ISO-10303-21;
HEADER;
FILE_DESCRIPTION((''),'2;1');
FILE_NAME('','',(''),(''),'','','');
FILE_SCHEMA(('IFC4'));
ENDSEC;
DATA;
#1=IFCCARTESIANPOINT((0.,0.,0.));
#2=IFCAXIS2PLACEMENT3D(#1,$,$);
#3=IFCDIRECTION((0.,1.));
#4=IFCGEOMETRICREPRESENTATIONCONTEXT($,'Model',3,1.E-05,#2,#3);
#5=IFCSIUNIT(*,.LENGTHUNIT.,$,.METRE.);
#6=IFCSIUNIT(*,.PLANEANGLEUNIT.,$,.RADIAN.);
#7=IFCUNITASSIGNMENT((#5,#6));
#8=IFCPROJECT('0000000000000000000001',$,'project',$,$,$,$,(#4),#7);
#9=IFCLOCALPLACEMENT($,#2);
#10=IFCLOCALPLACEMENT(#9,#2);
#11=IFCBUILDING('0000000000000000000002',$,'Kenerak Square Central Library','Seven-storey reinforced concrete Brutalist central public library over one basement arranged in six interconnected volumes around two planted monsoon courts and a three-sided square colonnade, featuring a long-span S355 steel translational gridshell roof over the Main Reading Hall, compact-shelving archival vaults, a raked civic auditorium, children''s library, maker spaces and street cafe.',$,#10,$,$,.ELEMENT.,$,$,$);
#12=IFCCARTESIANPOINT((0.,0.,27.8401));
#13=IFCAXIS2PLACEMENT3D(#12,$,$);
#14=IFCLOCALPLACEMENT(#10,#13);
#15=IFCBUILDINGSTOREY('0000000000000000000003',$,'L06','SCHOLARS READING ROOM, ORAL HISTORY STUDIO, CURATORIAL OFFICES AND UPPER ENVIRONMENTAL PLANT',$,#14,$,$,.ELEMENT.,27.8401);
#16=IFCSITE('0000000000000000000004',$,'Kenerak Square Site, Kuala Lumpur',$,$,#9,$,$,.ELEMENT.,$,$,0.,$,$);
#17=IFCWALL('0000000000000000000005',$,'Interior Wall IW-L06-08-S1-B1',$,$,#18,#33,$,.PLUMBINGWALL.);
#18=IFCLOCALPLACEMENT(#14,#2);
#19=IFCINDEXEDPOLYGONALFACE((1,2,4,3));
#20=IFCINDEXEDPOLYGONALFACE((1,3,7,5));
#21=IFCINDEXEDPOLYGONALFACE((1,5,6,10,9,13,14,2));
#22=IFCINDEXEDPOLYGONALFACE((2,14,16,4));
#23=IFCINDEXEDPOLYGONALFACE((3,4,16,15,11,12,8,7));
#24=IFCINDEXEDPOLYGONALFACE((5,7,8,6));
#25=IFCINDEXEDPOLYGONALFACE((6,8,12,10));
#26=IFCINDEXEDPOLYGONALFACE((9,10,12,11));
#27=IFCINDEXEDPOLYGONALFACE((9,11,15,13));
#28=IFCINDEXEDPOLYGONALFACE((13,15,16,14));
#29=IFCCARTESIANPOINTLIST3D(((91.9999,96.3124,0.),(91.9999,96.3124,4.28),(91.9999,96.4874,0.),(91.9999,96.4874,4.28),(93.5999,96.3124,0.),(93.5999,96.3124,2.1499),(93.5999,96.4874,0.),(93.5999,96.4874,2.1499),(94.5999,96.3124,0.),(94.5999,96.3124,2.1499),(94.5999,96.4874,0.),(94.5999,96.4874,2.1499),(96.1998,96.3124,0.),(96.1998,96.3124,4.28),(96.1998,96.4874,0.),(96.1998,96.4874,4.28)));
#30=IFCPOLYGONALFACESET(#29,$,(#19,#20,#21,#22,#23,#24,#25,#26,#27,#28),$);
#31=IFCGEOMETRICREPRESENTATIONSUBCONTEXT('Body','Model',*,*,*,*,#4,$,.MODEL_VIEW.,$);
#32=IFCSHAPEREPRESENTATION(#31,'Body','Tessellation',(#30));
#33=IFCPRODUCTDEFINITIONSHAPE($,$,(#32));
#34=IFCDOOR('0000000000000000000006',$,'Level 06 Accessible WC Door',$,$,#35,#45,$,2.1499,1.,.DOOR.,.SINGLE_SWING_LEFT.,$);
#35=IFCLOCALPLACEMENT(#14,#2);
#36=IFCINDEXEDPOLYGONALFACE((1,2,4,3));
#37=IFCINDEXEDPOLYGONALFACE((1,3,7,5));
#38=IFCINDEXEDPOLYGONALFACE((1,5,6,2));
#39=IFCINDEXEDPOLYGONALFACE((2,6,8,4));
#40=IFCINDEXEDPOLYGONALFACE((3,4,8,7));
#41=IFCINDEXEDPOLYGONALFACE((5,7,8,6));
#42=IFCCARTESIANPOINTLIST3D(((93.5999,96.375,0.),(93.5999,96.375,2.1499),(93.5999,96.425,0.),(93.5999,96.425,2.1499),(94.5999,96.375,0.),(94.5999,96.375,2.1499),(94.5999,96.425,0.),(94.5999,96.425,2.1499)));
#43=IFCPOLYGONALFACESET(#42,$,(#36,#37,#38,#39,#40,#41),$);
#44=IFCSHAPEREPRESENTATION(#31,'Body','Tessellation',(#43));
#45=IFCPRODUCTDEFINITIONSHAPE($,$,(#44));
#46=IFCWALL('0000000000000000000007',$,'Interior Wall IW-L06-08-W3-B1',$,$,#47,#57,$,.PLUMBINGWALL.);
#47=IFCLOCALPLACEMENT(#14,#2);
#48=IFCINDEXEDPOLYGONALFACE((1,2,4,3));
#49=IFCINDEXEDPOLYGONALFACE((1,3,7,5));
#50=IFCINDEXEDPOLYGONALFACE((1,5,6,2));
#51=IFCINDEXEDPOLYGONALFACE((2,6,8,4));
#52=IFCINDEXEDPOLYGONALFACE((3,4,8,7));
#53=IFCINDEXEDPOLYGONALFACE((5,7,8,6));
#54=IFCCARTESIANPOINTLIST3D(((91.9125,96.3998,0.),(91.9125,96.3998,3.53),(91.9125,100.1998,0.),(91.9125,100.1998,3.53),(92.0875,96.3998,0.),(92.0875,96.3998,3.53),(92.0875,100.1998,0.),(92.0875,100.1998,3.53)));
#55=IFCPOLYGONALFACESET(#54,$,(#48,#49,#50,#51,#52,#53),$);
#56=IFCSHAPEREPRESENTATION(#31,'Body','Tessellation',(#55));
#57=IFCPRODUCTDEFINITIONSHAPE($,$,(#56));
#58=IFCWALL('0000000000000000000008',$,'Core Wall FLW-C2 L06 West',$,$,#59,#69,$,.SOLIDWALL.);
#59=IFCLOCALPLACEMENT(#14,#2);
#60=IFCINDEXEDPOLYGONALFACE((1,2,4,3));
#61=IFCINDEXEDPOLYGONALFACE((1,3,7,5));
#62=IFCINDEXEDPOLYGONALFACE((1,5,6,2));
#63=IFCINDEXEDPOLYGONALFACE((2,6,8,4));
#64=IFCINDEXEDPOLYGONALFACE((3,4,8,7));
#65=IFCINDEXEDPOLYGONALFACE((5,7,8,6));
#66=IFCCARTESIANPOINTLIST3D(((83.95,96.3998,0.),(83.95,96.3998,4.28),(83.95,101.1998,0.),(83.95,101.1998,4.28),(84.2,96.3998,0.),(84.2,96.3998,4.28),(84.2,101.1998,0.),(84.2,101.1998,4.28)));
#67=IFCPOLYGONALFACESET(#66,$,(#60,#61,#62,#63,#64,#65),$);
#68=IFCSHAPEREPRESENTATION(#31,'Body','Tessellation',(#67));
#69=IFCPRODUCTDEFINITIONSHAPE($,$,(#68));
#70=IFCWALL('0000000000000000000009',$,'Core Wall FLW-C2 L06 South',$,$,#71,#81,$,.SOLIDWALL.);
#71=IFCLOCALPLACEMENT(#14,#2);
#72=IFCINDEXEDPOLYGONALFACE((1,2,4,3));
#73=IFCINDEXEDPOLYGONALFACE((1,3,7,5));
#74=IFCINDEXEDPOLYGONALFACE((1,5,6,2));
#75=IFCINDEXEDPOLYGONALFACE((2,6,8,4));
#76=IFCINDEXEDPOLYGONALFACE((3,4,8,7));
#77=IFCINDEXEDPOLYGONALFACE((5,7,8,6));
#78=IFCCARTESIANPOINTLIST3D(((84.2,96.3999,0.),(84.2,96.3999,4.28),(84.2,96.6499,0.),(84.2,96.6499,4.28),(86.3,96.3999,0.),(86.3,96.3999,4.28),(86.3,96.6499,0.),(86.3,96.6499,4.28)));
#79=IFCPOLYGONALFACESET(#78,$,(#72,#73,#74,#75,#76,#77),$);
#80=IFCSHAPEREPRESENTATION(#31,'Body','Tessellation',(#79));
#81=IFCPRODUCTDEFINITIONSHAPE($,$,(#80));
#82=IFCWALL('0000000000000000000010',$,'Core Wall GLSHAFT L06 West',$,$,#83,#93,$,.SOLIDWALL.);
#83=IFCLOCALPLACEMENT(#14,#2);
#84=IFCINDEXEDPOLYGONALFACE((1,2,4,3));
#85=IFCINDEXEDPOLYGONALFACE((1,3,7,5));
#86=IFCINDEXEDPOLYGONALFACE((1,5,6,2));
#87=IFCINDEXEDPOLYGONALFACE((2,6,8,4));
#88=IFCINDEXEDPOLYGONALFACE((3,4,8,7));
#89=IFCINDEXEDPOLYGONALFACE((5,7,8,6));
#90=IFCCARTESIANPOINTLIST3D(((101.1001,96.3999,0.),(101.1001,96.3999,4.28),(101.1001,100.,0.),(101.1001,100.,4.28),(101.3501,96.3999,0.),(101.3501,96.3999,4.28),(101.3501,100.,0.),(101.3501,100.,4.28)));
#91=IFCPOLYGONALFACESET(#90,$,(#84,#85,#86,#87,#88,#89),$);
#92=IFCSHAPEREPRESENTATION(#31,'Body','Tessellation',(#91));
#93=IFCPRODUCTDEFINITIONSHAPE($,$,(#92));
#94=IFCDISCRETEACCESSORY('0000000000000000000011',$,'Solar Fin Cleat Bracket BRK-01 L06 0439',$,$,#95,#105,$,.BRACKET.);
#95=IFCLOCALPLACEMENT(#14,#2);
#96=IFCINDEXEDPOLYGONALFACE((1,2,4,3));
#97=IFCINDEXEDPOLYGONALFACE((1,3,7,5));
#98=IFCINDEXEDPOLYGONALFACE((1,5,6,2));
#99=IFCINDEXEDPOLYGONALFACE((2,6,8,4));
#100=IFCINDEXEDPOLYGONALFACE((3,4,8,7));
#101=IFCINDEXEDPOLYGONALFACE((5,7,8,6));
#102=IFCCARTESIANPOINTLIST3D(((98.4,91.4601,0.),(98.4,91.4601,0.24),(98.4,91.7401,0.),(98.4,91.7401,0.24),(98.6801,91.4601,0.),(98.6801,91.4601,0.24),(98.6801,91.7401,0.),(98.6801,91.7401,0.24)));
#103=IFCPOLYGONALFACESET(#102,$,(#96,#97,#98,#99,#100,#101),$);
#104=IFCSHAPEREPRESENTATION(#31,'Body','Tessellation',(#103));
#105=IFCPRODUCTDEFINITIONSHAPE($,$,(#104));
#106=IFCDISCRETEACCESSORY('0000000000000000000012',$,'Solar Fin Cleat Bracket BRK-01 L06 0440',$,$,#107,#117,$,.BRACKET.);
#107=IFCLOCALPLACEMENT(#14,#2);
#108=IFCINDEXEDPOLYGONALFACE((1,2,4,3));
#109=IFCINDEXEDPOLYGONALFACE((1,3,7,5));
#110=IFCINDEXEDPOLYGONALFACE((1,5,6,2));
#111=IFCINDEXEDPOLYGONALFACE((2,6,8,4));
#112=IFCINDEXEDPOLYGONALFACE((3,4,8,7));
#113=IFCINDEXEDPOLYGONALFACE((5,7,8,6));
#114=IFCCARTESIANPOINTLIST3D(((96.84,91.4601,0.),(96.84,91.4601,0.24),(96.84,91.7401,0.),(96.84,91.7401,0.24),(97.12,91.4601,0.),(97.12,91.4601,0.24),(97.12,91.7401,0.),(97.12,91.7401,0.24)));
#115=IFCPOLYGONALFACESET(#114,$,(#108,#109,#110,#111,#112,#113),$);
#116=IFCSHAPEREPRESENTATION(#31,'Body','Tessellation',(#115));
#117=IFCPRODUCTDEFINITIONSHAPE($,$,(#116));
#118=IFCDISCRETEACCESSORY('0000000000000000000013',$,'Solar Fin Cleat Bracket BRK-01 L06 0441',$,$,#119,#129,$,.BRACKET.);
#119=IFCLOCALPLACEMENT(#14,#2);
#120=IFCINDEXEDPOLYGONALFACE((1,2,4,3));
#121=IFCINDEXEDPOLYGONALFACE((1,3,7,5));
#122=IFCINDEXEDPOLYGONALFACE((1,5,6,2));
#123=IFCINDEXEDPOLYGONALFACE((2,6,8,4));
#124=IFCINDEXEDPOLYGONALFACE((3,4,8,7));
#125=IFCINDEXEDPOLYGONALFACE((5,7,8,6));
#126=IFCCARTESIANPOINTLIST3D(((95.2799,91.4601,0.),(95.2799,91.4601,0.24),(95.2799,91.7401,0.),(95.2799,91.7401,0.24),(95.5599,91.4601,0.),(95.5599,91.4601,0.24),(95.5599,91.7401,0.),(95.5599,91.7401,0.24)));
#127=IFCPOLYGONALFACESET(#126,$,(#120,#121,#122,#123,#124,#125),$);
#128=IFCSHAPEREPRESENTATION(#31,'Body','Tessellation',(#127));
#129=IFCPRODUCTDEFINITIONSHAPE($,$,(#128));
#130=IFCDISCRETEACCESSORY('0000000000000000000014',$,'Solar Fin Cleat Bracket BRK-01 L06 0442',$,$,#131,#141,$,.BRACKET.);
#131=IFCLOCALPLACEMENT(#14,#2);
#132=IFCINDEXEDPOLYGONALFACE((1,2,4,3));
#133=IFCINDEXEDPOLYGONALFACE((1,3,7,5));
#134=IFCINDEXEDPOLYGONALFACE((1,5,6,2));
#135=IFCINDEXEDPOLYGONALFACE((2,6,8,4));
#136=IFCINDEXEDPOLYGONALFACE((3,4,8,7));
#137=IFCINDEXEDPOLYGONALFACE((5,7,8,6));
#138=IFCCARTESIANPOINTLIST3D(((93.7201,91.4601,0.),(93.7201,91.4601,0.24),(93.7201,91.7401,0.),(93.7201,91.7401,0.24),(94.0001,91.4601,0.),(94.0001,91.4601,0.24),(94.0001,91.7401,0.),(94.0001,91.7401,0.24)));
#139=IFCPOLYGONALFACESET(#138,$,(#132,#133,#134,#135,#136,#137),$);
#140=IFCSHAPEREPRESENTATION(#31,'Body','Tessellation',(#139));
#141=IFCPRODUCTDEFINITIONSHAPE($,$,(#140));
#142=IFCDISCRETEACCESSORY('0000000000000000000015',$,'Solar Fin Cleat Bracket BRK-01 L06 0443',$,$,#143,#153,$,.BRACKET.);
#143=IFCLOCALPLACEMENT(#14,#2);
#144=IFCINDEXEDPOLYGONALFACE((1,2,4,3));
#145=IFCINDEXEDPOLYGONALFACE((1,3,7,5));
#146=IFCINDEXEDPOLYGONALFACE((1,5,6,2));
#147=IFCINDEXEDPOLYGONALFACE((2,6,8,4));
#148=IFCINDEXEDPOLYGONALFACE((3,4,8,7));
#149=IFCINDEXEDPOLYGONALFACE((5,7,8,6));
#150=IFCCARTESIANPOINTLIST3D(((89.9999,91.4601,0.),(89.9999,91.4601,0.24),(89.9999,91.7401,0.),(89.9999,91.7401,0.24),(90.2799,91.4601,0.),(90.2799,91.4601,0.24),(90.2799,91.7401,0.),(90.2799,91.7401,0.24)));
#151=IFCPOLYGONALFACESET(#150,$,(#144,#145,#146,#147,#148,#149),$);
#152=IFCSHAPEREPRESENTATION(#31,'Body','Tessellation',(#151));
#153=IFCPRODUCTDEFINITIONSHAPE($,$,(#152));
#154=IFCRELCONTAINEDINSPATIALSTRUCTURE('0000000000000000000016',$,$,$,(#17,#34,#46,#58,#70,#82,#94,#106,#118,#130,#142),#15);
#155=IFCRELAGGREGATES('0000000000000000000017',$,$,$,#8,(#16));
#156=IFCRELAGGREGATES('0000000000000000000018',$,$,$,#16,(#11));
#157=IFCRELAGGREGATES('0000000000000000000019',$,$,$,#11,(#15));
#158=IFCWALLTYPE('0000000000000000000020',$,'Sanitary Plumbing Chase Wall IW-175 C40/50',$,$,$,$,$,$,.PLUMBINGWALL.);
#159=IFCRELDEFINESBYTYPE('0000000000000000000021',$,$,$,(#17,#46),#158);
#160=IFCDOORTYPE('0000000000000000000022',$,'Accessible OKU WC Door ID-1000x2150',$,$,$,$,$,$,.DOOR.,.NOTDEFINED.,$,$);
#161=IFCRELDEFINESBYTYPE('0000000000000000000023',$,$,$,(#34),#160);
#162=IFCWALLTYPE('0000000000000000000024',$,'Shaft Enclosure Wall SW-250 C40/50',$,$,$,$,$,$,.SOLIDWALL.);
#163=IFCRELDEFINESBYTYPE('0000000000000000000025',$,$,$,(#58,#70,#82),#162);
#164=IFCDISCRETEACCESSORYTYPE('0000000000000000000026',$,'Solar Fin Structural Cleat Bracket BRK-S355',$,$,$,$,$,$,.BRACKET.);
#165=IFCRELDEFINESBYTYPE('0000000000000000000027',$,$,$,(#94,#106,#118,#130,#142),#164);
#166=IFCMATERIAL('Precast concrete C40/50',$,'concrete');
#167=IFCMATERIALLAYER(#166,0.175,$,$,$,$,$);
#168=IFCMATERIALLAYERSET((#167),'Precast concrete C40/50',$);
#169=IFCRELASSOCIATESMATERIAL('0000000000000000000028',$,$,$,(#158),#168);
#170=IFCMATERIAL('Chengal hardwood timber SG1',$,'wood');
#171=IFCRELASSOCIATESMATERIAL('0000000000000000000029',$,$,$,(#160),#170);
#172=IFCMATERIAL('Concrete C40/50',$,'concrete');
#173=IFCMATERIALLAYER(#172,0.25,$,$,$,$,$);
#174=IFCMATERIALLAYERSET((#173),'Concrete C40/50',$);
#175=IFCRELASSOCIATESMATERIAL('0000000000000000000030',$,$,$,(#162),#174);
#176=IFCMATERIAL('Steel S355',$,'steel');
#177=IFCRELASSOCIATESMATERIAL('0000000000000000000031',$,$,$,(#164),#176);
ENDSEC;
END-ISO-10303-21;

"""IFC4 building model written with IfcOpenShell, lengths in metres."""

from ifc_helpers import new_model, si_unit, direction, frame, frame_2d, origin, origin_2d, place, context, subcontext, project, spatial, rectangle, extrude, material, layer, layer_set, type_object, element, fill, save


model = new_model("IFC4")

# Units and contexts
model_context = context("Model", 3, precision=1e-05, world=origin(), true_north=direction((0.0, 1.0)))
body_context = subcontext(model_context, "Body", "Model", "MODEL_VIEW")
ifc_project = project(units=[si_unit("LENGTHUNIT", "METRE"), si_unit("PLANEANGLEUNIT", "RADIAN")], contexts=[model_context])

# Site, building, storey
site_placement = place(None, origin())
site = spatial("IfcSite", under=ifc_project, at=site_placement, Name="Kenerak Square Site, Kuala Lumpur", CompositionType="ELEMENT", RefElevation=0.0)
building_placement = place(site_placement, origin())
building = spatial("IfcBuilding", under=site, at=building_placement, Name="Kenerak Square Central Library", Description="Seven-storey reinforced concrete Brutalist central public library over one basement arranged in six interconnected volumes around two planted monsoon courts and a three-sided square colonnade, featuring a long-span S355 steel translational gridshell roof over the Main Reading Hall, compact-shelving archival vaults, a raked civic auditorium, children's library, maker spaces and street cafe.", CompositionType="ELEMENT")
storey_placement = place(building_placement, frame((0.0, 0.0, 27.8401)))
storey = spatial("IfcBuildingStorey", under=building, at=storey_placement, Name="L06", Description="SCHOLARS READING ROOM, ORAL HISTORY STUDIO, CURATORIAL OFFICES AND UPPER ENVIRONMENTAL PLANT", CompositionType="ELEMENT", Elevation=27.8401)

# Shared definitions
ifc_material_1 = material(Name="Concrete C40/50", Category="concrete")

# Wall, opening, door
ifc_material_2 = material(Name="Steel S355", Category="steel")
ifc_material_3 = material(Name="Precast concrete C40/50", Category="concrete")
ifc_layer_1 = layer(ifc_material_3, 0.175)
ifc_layer_set_1 = layer_set([ifc_layer_1], Name="Precast concrete C40/50")
wall_type_1 = type_object("IfcWallType", Name="Sanitary Plumbing Chase Wall IW-175 C40/50", PredefinedType="PLUMBINGWALL", material=ifc_layer_set_1)
wall_1_placement = place(storey_placement, frame((96.2, 96.3999, 0.0), z_axis=(0.0, 0.0, 1.0), x_axis=(-1.0, 0.0, 0.0)))
wall_1 = element("IfcWall", 1, at=wall_1_placement, inside=storey, type_object=wall_type_1, Name="Interior Wall IW-L06-08-S1-B1", PredefinedType="PLUMBINGWALL", context=body_context, shape_type="SweptSolid", body=[
    extrude(rectangle(XDim=4.2, YDim=0.175, at=frame_2d((2.1001, 0.0))), origin(), (0.0, 0.0, 1.0), 4.28),
])
opening_1_placement = place(wall_1_placement, frame((1.6001, 0.0, 0.0)))
opening_1 = element("IfcOpeningElement", 2, at=opening_1_placement, cuts=wall_1, PredefinedType="OPENING", context=body_context, shape_type="SweptSolid", body=[
    extrude(rectangle(XDim=1.0, YDim=2.1499, at=frame_2d((0.5, 1.075))), frame((0.0, 0.0974, 0.0), z_axis=(0.0, -1.0, 0.0), x_axis=(1.0, 0.0, 0.0)), (0.0, 0.0, 1.0), 0.1951),
])
ifc_material_4 = material(Name="Chengal hardwood timber SG1", Category="wood")
door_type_1 = type_object("IfcDoorType", Name="Accessible OKU WC Door ID-1000x2150", OperationType="NOTDEFINED", PredefinedType="DOOR", material=ifc_material_4)
door_1_placement = place(opening_1_placement, origin())
door_1 = element("IfcDoor", 3, at=door_1_placement, inside=storey, type_object=door_type_1, Name="Level 06 Accessible WC Door", OperationType="SINGLE_SWING_LEFT", OverallHeight=2.1499, OverallWidth=1.0, PredefinedType="DOOR", context=body_context, shape_type="SweptSolid", body=[
    extrude(rectangle(XDim=1.0, YDim=2.1499, at=frame_2d((0.5, 1.075))), frame((0.0, 0.0249, 0.0), z_axis=(0.0, -1.0, 0.0), x_axis=(1.0, 0.0, 0.0)), (0.0, 0.0, 1.0), 0.05),
])
fill(opening_1, door_1)

# Walls
wall_2_placement = place(storey_placement, frame((92.0, 96.3999, 0.0), z_axis=(0.0, 0.0, 1.0), x_axis=(0.0, 1.0, 0.0)))
element("IfcWall", 4, at=wall_2_placement, inside=storey, type_object=wall_type_1, Name="Interior Wall IW-L06-08-W3-B1", PredefinedType="PLUMBINGWALL", context=body_context, shape_type="SweptSolid", body=[
    extrude(rectangle(XDim=3.8, YDim=0.175, at=frame_2d((1.8999, 0.0))), origin(), (0.0, 0.0, 1.0), 3.53),
])
ifc_layer_2 = layer(ifc_material_1, 0.25)
ifc_layer_set_2 = layer_set([ifc_layer_2], Name="Concrete C40/50")
wall_type_2 = type_object("IfcWallType", Name="Shaft Enclosure Wall SW-250 C40/50", PredefinedType="SOLIDWALL", material=ifc_layer_set_2)
wall_3_placement = place(storey_placement, frame((84.075, 96.3999, 0.0), z_axis=(0.0, 0.0, 1.0), x_axis=(0.0, 1.0, 0.0)))
element("IfcWall", 5, at=wall_3_placement, inside=storey, type_object=wall_type_2, Name="Core Wall FLW-C2 L06 West", PredefinedType="SOLIDWALL", context=body_context, shape_type="SweptSolid", body=[
    extrude(rectangle(XDim=4.8, YDim=0.25, at=frame_2d((2.3999, 0.0))), origin(), (0.0, 0.0, 1.0), 4.28),
])
wall_4_placement = place(storey_placement, frame((86.3, 96.5249, 0.0), z_axis=(0.0, 0.0, 1.0), x_axis=(-1.0, 0.0, 0.0)))
element("IfcWall", 6, at=wall_4_placement, inside=storey, type_object=wall_type_2, Name="Core Wall FLW-C2 L06 South", PredefinedType="SOLIDWALL", context=body_context, shape_type="SweptSolid", body=[
    extrude(rectangle(XDim=2.1001, YDim=0.25, at=frame_2d((1.05, 0.0))), origin(), (0.0, 0.0, 1.0), 4.28),
])
wall_5_placement = place(storey_placement, frame((101.2251, 96.3999, 0.0), z_axis=(0.0, 0.0, 1.0), x_axis=(0.0, 1.0, 0.0)))
element("IfcWall", 7, at=wall_5_placement, inside=storey, type_object=wall_type_2, Name="Core Wall GLSHAFT L06 West", PredefinedType="SOLIDWALL", context=body_context, shape_type="SweptSolid", body=[
    extrude(rectangle(XDim=3.6001, YDim=0.25, at=frame_2d((1.8, 0.0))), origin(), (0.0, 0.0, 1.0), 4.28),
])

# Discrete accessories
discrete_accessory_type = type_object("IfcDiscreteAccessoryType", Name="Solar Fin Structural Cleat Bracket BRK-S355", PredefinedType="BRACKET", material=ifc_material_2)
for number, where, z_axis, x_axis, name in (
    (8, (98.54, 91.6001, 0.0), (0.0, 0.0, 1.0), (-1.0, 0.0, 0.0), "Solar Fin Cleat Bracket BRK-01 L06 0439"),
    (9, (96.98, 91.6001, 0.0), (0.0, 0.0, 1.0), (-1.0, 0.0, 0.0), "Solar Fin Cleat Bracket BRK-01 L06 0440"),
    (10, (95.4199, 91.6001, 0.0), (0.0, 0.0, 1.0), (-1.0, 0.0, 0.0), "Solar Fin Cleat Bracket BRK-01 L06 0441"),
    (11, (93.8601, 91.6001, 0.0), (0.0, 0.0, 1.0), (-1.0, 0.0, 0.0), "Solar Fin Cleat Bracket BRK-01 L06 0442"),
    (12, (90.1399, 91.6001, 0.0), (0.0, 0.0, 1.0), (-1.0, 0.0, 0.0), "Solar Fin Cleat Bracket BRK-01 L06 0443"),
):
    element("IfcDiscreteAccessory", number, at=place(storey_placement, frame(where, z_axis=z_axis, x_axis=x_axis)), inside=storey, type_object=discrete_accessory_type, Name=name, PredefinedType="BRACKET", context=body_context, shape_type="SweptSolid", body=[
        extrude(rectangle(XDim=0.28, YDim=0.28, at=origin_2d()), origin(), (0.0, 0.0, 1.0), 0.24),
    ])

save(model, "model.ifc")
